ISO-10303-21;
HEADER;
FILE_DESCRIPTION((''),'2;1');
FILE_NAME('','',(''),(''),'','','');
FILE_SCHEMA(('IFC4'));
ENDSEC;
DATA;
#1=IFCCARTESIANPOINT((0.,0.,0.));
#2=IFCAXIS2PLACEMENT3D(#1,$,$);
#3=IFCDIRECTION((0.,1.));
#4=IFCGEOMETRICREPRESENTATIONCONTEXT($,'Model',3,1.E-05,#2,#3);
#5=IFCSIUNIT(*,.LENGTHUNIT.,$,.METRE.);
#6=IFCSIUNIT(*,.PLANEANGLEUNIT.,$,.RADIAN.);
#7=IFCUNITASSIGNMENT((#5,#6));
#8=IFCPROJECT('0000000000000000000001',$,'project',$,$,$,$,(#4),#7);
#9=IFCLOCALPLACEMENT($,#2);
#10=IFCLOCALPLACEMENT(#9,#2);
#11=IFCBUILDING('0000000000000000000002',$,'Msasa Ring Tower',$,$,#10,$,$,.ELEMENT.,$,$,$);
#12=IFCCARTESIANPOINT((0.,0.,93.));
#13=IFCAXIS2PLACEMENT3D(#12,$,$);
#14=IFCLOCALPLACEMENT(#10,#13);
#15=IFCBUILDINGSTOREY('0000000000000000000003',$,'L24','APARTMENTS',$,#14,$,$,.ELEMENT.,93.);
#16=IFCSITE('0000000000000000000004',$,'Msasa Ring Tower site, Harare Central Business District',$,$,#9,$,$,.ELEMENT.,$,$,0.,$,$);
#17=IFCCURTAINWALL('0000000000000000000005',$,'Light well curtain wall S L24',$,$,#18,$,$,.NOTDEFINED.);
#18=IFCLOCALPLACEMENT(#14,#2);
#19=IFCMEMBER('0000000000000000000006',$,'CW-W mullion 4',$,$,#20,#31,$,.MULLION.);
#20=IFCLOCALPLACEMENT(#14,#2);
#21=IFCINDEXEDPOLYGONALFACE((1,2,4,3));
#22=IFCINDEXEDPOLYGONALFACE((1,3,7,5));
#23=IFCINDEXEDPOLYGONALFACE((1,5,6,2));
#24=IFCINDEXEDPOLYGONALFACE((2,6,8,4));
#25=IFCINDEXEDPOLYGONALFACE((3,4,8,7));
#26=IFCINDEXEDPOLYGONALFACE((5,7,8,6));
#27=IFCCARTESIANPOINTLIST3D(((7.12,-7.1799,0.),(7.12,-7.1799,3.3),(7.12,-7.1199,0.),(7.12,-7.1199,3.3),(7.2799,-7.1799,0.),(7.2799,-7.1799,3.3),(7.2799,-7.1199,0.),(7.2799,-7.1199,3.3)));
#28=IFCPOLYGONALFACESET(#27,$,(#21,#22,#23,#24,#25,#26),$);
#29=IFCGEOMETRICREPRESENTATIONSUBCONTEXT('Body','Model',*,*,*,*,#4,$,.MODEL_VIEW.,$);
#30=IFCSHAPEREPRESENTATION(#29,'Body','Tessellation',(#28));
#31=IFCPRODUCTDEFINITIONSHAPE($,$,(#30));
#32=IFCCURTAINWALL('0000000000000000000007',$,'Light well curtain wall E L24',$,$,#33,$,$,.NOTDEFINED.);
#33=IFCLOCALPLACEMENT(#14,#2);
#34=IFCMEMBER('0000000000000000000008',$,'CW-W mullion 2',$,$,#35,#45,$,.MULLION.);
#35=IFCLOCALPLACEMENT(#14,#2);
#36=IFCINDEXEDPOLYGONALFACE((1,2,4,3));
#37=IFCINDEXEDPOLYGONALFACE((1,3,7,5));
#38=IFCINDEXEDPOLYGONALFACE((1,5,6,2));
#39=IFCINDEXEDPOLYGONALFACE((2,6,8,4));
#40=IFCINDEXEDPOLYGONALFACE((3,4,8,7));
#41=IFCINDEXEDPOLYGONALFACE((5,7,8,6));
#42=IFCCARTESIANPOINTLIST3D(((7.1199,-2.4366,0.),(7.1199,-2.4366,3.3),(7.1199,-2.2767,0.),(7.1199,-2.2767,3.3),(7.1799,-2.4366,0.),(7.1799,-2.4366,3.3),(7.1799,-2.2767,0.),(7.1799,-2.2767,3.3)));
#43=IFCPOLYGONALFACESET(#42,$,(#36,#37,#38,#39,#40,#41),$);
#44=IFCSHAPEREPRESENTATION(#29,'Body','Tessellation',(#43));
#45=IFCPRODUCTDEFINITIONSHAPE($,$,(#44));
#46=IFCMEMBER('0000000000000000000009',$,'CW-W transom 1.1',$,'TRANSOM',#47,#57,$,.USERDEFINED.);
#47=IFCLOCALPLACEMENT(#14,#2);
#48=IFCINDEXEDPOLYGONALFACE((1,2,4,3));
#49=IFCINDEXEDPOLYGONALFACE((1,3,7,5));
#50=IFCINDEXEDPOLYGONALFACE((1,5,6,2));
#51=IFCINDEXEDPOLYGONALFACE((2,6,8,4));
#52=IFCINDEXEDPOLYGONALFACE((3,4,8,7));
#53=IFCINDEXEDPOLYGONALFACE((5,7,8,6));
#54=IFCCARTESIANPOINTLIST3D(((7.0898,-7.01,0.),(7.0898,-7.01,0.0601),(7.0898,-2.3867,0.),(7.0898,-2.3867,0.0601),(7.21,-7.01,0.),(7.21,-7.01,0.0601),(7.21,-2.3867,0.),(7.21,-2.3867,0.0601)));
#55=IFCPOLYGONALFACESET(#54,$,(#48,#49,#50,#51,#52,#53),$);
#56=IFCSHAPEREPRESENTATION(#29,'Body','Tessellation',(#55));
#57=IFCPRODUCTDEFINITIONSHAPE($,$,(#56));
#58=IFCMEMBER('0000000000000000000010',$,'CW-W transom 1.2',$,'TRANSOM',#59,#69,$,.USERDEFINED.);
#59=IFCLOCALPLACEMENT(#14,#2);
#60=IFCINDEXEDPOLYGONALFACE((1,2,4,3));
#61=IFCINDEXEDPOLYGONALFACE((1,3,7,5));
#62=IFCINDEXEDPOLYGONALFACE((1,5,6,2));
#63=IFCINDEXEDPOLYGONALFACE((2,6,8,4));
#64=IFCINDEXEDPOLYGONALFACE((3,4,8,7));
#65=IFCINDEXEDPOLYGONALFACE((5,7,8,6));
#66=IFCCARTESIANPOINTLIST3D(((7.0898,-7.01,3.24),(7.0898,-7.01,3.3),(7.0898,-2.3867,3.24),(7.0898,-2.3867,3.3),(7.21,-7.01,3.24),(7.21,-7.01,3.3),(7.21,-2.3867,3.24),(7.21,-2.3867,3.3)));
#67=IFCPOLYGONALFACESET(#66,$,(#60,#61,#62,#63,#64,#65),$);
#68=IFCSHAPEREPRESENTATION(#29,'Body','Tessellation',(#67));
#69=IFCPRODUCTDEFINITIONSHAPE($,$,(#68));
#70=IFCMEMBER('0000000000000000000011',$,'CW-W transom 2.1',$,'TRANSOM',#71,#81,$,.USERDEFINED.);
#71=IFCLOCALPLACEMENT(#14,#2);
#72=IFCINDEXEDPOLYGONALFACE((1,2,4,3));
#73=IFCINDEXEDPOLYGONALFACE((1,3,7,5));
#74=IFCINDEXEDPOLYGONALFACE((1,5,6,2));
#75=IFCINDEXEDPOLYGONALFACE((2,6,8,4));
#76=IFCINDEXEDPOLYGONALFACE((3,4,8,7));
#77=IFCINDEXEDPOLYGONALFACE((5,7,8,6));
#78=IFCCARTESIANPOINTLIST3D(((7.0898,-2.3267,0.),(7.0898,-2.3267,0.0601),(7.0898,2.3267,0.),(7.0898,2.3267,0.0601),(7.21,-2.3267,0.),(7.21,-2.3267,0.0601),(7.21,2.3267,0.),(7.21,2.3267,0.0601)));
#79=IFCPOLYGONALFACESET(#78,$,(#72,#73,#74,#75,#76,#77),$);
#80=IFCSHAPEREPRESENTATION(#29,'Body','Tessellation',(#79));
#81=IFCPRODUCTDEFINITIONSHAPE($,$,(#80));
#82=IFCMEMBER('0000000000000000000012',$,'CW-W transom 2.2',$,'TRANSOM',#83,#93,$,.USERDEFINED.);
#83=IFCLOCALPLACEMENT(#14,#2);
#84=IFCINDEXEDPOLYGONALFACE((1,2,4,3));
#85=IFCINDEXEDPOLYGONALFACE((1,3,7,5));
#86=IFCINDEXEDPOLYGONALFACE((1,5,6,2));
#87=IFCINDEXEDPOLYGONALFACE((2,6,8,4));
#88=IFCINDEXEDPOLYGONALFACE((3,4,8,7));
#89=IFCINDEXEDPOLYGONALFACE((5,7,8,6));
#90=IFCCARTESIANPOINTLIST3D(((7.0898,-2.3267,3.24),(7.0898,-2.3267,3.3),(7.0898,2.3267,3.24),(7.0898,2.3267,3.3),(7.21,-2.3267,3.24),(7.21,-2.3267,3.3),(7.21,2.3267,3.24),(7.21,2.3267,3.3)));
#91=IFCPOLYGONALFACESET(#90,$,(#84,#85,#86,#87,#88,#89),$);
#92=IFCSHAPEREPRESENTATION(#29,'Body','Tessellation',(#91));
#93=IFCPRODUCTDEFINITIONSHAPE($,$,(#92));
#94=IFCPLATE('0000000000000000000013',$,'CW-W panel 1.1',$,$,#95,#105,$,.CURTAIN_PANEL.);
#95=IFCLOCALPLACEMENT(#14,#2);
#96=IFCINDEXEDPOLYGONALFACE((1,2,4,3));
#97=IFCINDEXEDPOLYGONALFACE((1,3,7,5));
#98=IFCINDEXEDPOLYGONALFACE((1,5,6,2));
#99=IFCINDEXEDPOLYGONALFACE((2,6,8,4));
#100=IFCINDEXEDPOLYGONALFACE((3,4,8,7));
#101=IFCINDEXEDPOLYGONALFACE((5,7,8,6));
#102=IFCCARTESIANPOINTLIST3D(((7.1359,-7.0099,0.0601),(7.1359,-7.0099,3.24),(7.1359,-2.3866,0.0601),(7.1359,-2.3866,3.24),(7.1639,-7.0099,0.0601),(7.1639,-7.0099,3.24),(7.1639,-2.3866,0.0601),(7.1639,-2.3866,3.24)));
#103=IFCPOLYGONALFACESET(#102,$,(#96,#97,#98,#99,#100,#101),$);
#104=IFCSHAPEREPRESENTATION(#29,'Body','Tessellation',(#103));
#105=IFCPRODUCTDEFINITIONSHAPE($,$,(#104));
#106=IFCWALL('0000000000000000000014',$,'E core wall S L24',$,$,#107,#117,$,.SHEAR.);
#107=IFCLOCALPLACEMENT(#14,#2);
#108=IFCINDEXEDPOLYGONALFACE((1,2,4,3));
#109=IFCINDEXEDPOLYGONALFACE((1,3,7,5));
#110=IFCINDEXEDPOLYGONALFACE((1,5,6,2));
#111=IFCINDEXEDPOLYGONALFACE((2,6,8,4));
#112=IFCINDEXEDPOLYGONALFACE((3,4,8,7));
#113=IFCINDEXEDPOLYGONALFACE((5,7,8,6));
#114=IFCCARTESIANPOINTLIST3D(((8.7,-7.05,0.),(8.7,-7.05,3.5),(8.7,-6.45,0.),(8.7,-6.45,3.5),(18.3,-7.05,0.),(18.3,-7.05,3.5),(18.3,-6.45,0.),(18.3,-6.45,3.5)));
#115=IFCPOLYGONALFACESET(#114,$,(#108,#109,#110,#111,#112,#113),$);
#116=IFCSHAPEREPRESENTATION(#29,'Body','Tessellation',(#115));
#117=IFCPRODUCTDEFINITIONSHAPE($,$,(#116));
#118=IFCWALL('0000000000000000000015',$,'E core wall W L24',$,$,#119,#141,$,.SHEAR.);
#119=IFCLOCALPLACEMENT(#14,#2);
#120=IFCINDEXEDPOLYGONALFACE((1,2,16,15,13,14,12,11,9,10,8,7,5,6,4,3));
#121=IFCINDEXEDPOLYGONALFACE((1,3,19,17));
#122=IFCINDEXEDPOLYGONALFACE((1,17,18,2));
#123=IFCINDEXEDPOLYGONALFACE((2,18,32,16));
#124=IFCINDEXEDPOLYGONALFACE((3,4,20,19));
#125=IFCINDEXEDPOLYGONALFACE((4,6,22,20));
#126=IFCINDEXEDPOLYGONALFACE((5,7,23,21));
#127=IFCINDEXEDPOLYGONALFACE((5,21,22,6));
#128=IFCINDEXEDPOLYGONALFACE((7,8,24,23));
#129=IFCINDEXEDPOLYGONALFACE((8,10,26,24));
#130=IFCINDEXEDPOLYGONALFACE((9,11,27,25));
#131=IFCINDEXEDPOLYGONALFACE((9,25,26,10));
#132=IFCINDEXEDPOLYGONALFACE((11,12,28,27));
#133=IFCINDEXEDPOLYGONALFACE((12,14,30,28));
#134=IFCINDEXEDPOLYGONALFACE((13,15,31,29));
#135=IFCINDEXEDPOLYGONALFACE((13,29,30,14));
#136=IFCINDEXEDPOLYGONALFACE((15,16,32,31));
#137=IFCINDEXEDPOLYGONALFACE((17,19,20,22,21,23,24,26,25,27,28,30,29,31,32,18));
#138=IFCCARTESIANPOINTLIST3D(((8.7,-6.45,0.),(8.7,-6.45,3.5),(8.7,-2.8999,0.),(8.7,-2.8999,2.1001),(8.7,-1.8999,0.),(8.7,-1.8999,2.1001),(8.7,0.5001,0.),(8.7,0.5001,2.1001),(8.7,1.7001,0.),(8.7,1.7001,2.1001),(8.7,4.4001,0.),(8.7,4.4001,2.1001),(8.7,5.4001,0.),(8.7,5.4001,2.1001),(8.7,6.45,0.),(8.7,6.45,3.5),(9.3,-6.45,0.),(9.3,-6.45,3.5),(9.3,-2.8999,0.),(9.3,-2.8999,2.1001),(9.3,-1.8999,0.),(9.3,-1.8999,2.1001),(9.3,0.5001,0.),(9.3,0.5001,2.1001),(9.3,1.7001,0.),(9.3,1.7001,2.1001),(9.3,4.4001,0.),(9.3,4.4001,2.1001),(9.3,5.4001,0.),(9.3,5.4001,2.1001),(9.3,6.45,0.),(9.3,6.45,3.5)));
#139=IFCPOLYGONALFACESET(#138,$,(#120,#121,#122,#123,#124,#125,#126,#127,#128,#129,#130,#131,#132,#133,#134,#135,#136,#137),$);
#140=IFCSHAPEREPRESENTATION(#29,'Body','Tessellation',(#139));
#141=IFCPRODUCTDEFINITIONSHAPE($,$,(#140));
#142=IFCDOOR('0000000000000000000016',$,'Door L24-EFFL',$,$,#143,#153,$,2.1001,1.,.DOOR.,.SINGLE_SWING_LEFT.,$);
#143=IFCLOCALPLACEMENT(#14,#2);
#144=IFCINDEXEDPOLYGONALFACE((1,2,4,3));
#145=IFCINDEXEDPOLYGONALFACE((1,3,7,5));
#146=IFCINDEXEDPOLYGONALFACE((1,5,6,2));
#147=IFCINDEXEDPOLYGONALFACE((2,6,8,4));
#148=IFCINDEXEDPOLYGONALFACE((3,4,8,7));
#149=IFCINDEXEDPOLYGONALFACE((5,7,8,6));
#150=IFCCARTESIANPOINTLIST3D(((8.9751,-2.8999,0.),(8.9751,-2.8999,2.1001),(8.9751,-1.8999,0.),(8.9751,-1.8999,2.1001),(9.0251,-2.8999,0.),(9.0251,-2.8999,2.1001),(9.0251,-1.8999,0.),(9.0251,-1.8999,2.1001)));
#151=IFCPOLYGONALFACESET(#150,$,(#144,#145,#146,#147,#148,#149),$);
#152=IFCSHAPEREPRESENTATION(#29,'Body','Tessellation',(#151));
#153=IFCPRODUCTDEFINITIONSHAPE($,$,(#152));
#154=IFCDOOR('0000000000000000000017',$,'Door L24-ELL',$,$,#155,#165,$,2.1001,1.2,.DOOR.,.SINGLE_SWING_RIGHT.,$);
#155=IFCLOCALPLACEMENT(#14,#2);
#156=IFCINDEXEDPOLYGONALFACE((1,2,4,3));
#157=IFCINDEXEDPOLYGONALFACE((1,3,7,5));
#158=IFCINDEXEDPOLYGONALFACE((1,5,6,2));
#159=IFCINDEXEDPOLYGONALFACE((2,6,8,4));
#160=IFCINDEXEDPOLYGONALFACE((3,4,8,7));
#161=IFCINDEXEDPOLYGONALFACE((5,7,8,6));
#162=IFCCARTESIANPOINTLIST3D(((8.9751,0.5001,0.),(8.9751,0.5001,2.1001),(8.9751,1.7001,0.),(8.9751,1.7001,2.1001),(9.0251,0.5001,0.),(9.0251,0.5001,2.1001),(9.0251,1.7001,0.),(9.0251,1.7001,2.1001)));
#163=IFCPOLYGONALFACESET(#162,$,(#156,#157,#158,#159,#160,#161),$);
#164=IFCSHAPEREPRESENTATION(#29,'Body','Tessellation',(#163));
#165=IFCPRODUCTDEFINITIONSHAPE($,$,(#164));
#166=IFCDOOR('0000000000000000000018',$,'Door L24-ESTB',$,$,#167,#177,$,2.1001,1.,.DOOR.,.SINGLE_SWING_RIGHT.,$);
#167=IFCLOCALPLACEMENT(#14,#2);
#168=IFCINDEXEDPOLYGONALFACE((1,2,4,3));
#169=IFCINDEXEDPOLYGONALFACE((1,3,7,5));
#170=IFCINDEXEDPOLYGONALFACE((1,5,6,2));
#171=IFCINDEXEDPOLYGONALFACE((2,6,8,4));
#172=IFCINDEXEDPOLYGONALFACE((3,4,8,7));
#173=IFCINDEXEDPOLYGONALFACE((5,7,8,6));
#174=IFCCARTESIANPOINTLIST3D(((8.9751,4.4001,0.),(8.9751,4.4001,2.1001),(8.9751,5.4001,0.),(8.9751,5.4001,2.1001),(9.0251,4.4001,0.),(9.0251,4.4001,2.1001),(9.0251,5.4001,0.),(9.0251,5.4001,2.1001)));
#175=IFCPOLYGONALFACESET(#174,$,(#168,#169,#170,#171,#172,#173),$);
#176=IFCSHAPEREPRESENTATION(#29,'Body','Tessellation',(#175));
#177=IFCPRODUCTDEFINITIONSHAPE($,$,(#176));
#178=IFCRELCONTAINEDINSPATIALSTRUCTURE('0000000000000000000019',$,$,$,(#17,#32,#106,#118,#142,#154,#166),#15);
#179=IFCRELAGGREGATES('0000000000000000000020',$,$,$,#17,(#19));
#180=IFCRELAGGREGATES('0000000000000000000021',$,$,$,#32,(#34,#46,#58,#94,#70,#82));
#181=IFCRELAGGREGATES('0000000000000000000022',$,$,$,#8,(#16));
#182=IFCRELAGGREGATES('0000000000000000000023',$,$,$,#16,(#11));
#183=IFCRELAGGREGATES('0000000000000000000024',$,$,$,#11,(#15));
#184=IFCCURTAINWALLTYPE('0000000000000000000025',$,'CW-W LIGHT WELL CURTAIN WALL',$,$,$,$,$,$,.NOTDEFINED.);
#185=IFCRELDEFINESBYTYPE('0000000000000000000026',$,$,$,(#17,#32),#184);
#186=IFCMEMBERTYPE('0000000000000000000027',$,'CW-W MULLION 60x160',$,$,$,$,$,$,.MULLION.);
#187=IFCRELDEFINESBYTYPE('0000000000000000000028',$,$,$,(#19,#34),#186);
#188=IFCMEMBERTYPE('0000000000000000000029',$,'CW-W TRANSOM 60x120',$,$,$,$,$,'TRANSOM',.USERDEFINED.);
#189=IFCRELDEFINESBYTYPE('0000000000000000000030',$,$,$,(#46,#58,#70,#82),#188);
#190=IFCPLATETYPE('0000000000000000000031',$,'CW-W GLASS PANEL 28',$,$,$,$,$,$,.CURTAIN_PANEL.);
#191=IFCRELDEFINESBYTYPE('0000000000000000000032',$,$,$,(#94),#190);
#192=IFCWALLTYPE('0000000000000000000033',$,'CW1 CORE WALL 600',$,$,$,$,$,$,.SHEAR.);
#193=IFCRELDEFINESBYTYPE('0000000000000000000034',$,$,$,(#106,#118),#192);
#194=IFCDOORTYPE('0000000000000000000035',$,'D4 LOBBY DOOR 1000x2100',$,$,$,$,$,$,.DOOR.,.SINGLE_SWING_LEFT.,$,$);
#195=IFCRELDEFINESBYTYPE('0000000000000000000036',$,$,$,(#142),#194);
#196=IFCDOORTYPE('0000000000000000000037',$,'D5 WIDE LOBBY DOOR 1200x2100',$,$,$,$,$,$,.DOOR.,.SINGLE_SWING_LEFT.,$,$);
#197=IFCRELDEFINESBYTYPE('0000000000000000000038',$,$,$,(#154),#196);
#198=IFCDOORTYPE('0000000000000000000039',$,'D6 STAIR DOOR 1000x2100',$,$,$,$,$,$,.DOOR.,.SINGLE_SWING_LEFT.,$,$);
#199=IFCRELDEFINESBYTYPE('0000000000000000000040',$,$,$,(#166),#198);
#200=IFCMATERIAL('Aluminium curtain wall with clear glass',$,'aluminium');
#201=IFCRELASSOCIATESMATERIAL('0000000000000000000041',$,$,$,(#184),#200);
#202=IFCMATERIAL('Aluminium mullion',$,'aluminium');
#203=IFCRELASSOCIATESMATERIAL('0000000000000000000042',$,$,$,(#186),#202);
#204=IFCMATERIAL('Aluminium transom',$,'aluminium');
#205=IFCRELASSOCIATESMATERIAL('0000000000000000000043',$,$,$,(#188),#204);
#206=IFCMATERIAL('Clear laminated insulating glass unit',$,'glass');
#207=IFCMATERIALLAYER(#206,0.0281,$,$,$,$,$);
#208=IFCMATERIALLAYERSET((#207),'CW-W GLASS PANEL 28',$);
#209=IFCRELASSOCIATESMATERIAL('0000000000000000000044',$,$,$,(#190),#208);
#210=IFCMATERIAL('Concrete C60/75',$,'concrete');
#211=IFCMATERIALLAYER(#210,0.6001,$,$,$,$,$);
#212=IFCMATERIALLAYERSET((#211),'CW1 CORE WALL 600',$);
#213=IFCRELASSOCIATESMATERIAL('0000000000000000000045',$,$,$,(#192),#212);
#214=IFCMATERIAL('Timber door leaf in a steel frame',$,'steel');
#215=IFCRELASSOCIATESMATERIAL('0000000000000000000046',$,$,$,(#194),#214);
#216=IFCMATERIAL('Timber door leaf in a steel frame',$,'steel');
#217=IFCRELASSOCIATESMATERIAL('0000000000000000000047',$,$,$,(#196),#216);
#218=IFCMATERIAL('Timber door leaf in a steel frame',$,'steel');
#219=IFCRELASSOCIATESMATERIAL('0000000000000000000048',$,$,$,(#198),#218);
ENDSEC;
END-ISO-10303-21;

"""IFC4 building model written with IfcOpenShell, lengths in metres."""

from ifc_helpers import new_model, si_unit, direction, frame, frame_2d, origin, origin_2d, place, context, subcontext, project, spatial, rectangle, extrude, material, layer, layer_set, material_profile, profile_set, type_object, element, fill, aggregate, save


model = new_model("IFC4")

# Units and contexts
model_context = context("Model", 3, precision=1e-05, world=origin(), true_north=direction((0.0, 1.0)))
body_context = subcontext(model_context, "Body", "Model", "MODEL_VIEW")
ifc_project = project(units=[si_unit("LENGTHUNIT", "METRE"), si_unit("PLANEANGLEUNIT", "RADIAN")], contexts=[model_context])

# Site, building, storey
site_placement = place(None, origin())
site = spatial("IfcSite", under=ifc_project, at=site_placement, Name="Msasa Ring Tower site, Harare Central Business District", CompositionType="ELEMENT", RefElevation=0.0)
building_placement = place(site_placement, origin())
building = spatial("IfcBuilding", under=site, at=building_placement, Name="Msasa Ring Tower", CompositionType="ELEMENT")
storey_placement = place(building_placement, frame((0.0, 0.0, 93.0)))
storey = spatial("IfcBuildingStorey", under=building, at=storey_placement, Name="L24", Description="APARTMENTS", CompositionType="ELEMENT", Elevation=93.0)

# Curtain wall, member
ifc_material_1 = material(Name="Aluminium curtain wall with clear glass", Category="aluminium")
curtain_wall_type = type_object("IfcCurtainWallType", Name="CW-W LIGHT WELL CURTAIN WALL", PredefinedType="NOTDEFINED", material=ifc_material_1)
curtain_wall_1_placement = place(storey_placement, origin())
curtain_wall_1 = element("IfcCurtainWall", 1, at=curtain_wall_1_placement, inside=storey, type_object=curtain_wall_type, Name="Light well curtain wall S L24", PredefinedType="NOTDEFINED")
ifc_material_2 = material(Name="Aluminium mullion", Category="aluminium")
ifc_material_profile_1 = material_profile(ifc_material_2, rectangle(XDim=0.0601, YDim=0.1599, at=origin_2d()), Name="AL 60x160")
ifc_profile_set_1 = profile_set([ifc_material_profile_1], Name="Aluminium mullion")
member_type_1 = type_object("IfcMemberType", Name="CW-W MULLION 60x160", PredefinedType="MULLION", material=ifc_profile_set_1)
member_1_placement = place(storey_placement, frame((7.2, -7.1499, 0.0), z_axis=(0.0, 0.0, 1.0), x_axis=(0.0, 1.0, 0.0)))
member_1 = element("IfcMember", 2, at=member_1_placement, type_object=member_type_1, Name="CW-W mullion 4", PredefinedType="MULLION", context=body_context, shape_type="SweptSolid", body=[
    extrude(rectangle(XDim=0.0601, YDim=0.1599, at=origin_2d()), origin(), (0.0, 0.0, 1.0), 3.3),
])
aggregate(curtain_wall_1, [member_1])

# Curtain wall, members, plate
curtain_wall_2_placement = place(storey_placement, origin())
curtain_wall_2 = element("IfcCurtainWall", 3, at=curtain_wall_2_placement, inside=storey, type_object=curtain_wall_type, Name="Light well curtain wall E L24", PredefinedType="NOTDEFINED")
member_2_placement = place(storey_placement, frame((7.1499, -2.3567, 0.0), z_axis=(0.0, 0.0, 1.0), x_axis=(-1.0, 0.0, 0.0)))
member_2 = element("IfcMember", 4, at=member_2_placement, type_object=member_type_1, Name="CW-W mullion 2", PredefinedType="MULLION", context=body_context, shape_type="SweptSolid", body=[
    extrude(rectangle(XDim=0.0601, YDim=0.1599, at=origin_2d()), origin(), (0.0, 0.0, 1.0), 3.3),
])
ifc_material_3 = material(Name="Aluminium transom", Category="aluminium")
ifc_material_profile_2 = material_profile(ifc_material_3, rectangle(XDim=0.1201, YDim=0.0601, at=origin_2d()), Name="AL 60x120")
ifc_profile_set_2 = profile_set([ifc_material_profile_2], Name="Aluminium transom")
member_type_2 = type_object("IfcMemberType", Name="CW-W TRANSOM 60x120", ElementType="TRANSOM", PredefinedType="USERDEFINED", material=ifc_profile_set_2)
member_3_placement = place(storey_placement, frame((7.1499, -7.01, 0.03), z_axis=(0.0, 1.0, 0.0), x_axis=(-1.0, 0.0, 0.0)))
member_3 = element("IfcMember", 5, at=member_3_placement, type_object=member_type_2, Name="CW-W transom 1.1", ObjectType="TRANSOM", PredefinedType="USERDEFINED", context=body_context, shape_type="SweptSolid", body=[
    extrude(rectangle(XDim=0.1201, YDim=0.0601, at=origin_2d()), origin(), (0.0, 0.0, 1.0), 4.6233),
])
member_4_placement = place(storey_placement, frame((7.1499, -7.01, 3.27), z_axis=(0.0, 1.0, 0.0), x_axis=(-1.0, 0.0, 0.0)))
member_4 = element("IfcMember", 6, at=member_4_placement, type_object=member_type_2, Name="CW-W transom 1.2", ObjectType="TRANSOM", PredefinedType="USERDEFINED", context=body_context, shape_type="SweptSolid", body=[
    extrude(rectangle(XDim=0.1201, YDim=0.0601, at=origin_2d()), origin(), (0.0, 0.0, 1.0), 4.6233),
])
member_5_placement = place(storey_placement, frame((7.1499, -2.3267, 0.03), z_axis=(0.0, 1.0, 0.0), x_axis=(-1.0, 0.0, 0.0)))
member_5 = element("IfcMember", 7, at=member_5_placement, type_object=member_type_2, Name="CW-W transom 2.1", ObjectType="TRANSOM", PredefinedType="USERDEFINED", context=body_context, shape_type="SweptSolid", body=[
    extrude(rectangle(XDim=0.1201, YDim=0.0601, at=origin_2d()), origin(), (0.0, 0.0, 1.0), 4.6533),
])
member_6_placement = place(storey_placement, frame((7.1499, -2.3267, 3.27), z_axis=(0.0, 1.0, 0.0), x_axis=(-1.0, 0.0, 0.0)))
member_6 = element("IfcMember", 8, at=member_6_placement, type_object=member_type_2, Name="CW-W transom 2.2", ObjectType="TRANSOM", PredefinedType="USERDEFINED", context=body_context, shape_type="SweptSolid", body=[
    extrude(rectangle(XDim=0.1201, YDim=0.0601, at=origin_2d()), origin(), (0.0, 0.0, 1.0), 4.6533),
])
ifc_material_4 = material(Name="Clear laminated insulating glass unit", Category="glass")
ifc_layer_1 = layer(ifc_material_4, 0.0281)
ifc_layer_set_1 = layer_set([ifc_layer_1], Name="CW-W GLASS PANEL 28")
plate_type = type_object("IfcPlateType", Name="CW-W GLASS PANEL 28", PredefinedType="CURTAIN_PANEL", material=ifc_layer_set_1)
plate_placement = place(storey_placement, frame((7.1499, -4.6982, 0.0601), z_axis=(0.0, 0.0, 1.0), x_axis=(0.0, 1.0, 0.0)))
plate = element("IfcPlate", 9, at=plate_placement, type_object=plate_type, Name="CW-W panel 1.1", PredefinedType="CURTAIN_PANEL", context=body_context, shape_type="SweptSolid", body=[
    extrude(rectangle(XDim=4.6233, YDim=0.0281, at=origin_2d()), origin(), (0.0, 0.0, 1.0), 3.1799),
])
aggregate(curtain_wall_2, [member_2, member_3, member_4, plate, member_5, member_6])

# Wall
ifc_material_5 = material(Name="Concrete C60/75", Category="concrete")
ifc_layer_2 = layer(ifc_material_5, 0.6001)
ifc_layer_set_2 = layer_set([ifc_layer_2], Name="CW1 CORE WALL 600")
wall_type_1 = type_object("IfcWallType", Name="CW1 CORE WALL 600", PredefinedType="SHEAR", material=ifc_layer_set_2)
wall_1_placement = place(storey_placement, frame((8.7, -6.75, 0.0), z_axis=(0.0, 0.0, 1.0), x_axis=(1.0, 0.0, 0.0)))
element("IfcWall", 10, at=wall_1_placement, inside=storey, type_object=wall_type_1, Name="E core wall S L24", PredefinedType="SHEAR", context=body_context, shape_type="SweptSolid", body=[
    extrude(rectangle(XDim=9.6001, YDim=0.6001, at=frame_2d((4.8, 0.0))), origin(), (0.0, 0.0, 1.0), 3.5),
])

# Wall, openings, doors
wall_2_placement = place(storey_placement, frame((9.0, -6.45, 0.0), z_axis=(0.0, 0.0, 1.0), x_axis=(0.0, 1.0, 0.0)))
wall_2 = element("IfcWall", 11, at=wall_2_placement, inside=storey, type_object=wall_type_1, Name="E core wall W L24", PredefinedType="SHEAR", context=body_context, shape_type="SweptSolid", body=[
    extrude(rectangle(XDim=12.8999, YDim=0.6001, at=frame_2d((6.45, 0.0))), origin(), (0.0, 0.0, 1.0), 3.5),
])
opening_1_placement = place(wall_2_placement, frame((3.55, 0.0, 0.0)))
opening_1 = element("IfcOpeningElement", 12, at=opening_1_placement, cuts=wall_2, PredefinedType="OPENING", context=body_context, shape_type="SweptSolid", body=[
    extrude(rectangle(XDim=1.0, YDim=2.1001, at=frame_2d((0.5, 1.05))), frame((0.0, 0.3101, 0.0), z_axis=(0.0, -1.0, 0.0), x_axis=(1.0, 0.0, 0.0)), (0.0, 0.0, 1.0), 0.6201),
])
opening_2_placement = place(wall_2_placement, frame((6.95, 0.0, 0.0)))
opening_2 = element("IfcOpeningElement", 13, at=opening_2_placement, cuts=wall_2, PredefinedType="OPENING", context=body_context, shape_type="SweptSolid", body=[
    extrude(rectangle(XDim=1.2, YDim=2.1001, at=frame_2d((0.6001, 1.05))), frame((0.0, 0.3101, 0.0), z_axis=(0.0, -1.0, 0.0), x_axis=(1.0, 0.0, 0.0)), (0.0, 0.0, 1.0), 0.6201),
])
opening_3_placement = place(wall_2_placement, frame((10.8501, 0.0, 0.0)))
opening_3 = element("IfcOpeningElement", 14, at=opening_3_placement, cuts=wall_2, PredefinedType="OPENING", context=body_context, shape_type="SweptSolid", body=[
    extrude(rectangle(XDim=1.0, YDim=2.1001, at=frame_2d((0.5, 1.05))), frame((0.0, 0.3101, 0.0), z_axis=(0.0, -1.0, 0.0), x_axis=(1.0, 0.0, 0.0)), (0.0, 0.0, 1.0), 0.6201),
])
ifc_material_6 = material(Name="Timber door leaf in a steel frame", Category="steel")
door_type_1 = type_object("IfcDoorType", Name="D4 LOBBY DOOR 1000x2100", OperationType="SINGLE_SWING_LEFT", PredefinedType="DOOR", material=ifc_material_6)
door_1_placement = place(opening_1_placement, origin())
door_1 = element("IfcDoor", 15, at=door_1_placement, inside=storey, type_object=door_type_1, Name="Door L24-EFFL", OperationType="SINGLE_SWING_LEFT", OverallHeight=2.1001, OverallWidth=1.0, PredefinedType="DOOR", context=body_context, shape_type="SweptSolid", body=[
    extrude(rectangle(XDim=1.0, YDim=2.1001, at=frame_2d((0.5, 1.05))), frame((0.0, 0.0249, 0.0), z_axis=(0.0, -1.0, 0.0), x_axis=(1.0, 0.0, 0.0)), (0.0, 0.0, 1.0), 0.05),
])
fill(opening_1, door_1)
ifc_material_7 = material(Name="Timber door leaf in a steel frame", Category="steel")
door_type_2 = type_object("IfcDoorType", Name="D5 WIDE LOBBY DOOR 1200x2100", OperationType="SINGLE_SWING_LEFT", PredefinedType="DOOR", material=ifc_material_7)
door_2_placement = place(opening_2_placement, origin())
door_2 = element("IfcDoor", 16, at=door_2_placement, inside=storey, type_object=door_type_2, Name="Door L24-ELL", OperationType="SINGLE_SWING_RIGHT", OverallHeight=2.1001, OverallWidth=1.2, PredefinedType="DOOR", context=body_context, shape_type="SweptSolid", body=[
    extrude(rectangle(XDim=1.2, YDim=2.1001, at=frame_2d((0.6001, 1.05))), frame((0.0, 0.0249, 0.0), z_axis=(0.0, -1.0, 0.0), x_axis=(1.0, 0.0, 0.0)), (0.0, 0.0, 1.0), 0.05),
])
fill(opening_2, door_2)
ifc_material_8 = material(Name="Timber door leaf in a steel frame", Category="steel")
door_type_3 = type_object("IfcDoorType", Name="D6 STAIR DOOR 1000x2100", OperationType="SINGLE_SWING_LEFT", PredefinedType="DOOR", material=ifc_material_8)
door_3_placement = place(opening_3_placement, origin())
door_3 = element("IfcDoor", 17, at=door_3_placement, inside=storey, type_object=door_type_3, Name="Door L24-ESTB", OperationType="SINGLE_SWING_RIGHT", OverallHeight=2.1001, OverallWidth=1.0, PredefinedType="DOOR", context=body_context, shape_type="SweptSolid", body=[
    extrude(rectangle(XDim=1.0, YDim=2.1001, at=frame_2d((0.5, 1.05))), frame((0.0, 0.0249, 0.0), z_axis=(0.0, -1.0, 0.0), x_axis=(1.0, 0.0, 0.0)), (0.0, 0.0, 1.0), 0.05),
])
fill(opening_3, door_3)

save(model, "model.ifc")
